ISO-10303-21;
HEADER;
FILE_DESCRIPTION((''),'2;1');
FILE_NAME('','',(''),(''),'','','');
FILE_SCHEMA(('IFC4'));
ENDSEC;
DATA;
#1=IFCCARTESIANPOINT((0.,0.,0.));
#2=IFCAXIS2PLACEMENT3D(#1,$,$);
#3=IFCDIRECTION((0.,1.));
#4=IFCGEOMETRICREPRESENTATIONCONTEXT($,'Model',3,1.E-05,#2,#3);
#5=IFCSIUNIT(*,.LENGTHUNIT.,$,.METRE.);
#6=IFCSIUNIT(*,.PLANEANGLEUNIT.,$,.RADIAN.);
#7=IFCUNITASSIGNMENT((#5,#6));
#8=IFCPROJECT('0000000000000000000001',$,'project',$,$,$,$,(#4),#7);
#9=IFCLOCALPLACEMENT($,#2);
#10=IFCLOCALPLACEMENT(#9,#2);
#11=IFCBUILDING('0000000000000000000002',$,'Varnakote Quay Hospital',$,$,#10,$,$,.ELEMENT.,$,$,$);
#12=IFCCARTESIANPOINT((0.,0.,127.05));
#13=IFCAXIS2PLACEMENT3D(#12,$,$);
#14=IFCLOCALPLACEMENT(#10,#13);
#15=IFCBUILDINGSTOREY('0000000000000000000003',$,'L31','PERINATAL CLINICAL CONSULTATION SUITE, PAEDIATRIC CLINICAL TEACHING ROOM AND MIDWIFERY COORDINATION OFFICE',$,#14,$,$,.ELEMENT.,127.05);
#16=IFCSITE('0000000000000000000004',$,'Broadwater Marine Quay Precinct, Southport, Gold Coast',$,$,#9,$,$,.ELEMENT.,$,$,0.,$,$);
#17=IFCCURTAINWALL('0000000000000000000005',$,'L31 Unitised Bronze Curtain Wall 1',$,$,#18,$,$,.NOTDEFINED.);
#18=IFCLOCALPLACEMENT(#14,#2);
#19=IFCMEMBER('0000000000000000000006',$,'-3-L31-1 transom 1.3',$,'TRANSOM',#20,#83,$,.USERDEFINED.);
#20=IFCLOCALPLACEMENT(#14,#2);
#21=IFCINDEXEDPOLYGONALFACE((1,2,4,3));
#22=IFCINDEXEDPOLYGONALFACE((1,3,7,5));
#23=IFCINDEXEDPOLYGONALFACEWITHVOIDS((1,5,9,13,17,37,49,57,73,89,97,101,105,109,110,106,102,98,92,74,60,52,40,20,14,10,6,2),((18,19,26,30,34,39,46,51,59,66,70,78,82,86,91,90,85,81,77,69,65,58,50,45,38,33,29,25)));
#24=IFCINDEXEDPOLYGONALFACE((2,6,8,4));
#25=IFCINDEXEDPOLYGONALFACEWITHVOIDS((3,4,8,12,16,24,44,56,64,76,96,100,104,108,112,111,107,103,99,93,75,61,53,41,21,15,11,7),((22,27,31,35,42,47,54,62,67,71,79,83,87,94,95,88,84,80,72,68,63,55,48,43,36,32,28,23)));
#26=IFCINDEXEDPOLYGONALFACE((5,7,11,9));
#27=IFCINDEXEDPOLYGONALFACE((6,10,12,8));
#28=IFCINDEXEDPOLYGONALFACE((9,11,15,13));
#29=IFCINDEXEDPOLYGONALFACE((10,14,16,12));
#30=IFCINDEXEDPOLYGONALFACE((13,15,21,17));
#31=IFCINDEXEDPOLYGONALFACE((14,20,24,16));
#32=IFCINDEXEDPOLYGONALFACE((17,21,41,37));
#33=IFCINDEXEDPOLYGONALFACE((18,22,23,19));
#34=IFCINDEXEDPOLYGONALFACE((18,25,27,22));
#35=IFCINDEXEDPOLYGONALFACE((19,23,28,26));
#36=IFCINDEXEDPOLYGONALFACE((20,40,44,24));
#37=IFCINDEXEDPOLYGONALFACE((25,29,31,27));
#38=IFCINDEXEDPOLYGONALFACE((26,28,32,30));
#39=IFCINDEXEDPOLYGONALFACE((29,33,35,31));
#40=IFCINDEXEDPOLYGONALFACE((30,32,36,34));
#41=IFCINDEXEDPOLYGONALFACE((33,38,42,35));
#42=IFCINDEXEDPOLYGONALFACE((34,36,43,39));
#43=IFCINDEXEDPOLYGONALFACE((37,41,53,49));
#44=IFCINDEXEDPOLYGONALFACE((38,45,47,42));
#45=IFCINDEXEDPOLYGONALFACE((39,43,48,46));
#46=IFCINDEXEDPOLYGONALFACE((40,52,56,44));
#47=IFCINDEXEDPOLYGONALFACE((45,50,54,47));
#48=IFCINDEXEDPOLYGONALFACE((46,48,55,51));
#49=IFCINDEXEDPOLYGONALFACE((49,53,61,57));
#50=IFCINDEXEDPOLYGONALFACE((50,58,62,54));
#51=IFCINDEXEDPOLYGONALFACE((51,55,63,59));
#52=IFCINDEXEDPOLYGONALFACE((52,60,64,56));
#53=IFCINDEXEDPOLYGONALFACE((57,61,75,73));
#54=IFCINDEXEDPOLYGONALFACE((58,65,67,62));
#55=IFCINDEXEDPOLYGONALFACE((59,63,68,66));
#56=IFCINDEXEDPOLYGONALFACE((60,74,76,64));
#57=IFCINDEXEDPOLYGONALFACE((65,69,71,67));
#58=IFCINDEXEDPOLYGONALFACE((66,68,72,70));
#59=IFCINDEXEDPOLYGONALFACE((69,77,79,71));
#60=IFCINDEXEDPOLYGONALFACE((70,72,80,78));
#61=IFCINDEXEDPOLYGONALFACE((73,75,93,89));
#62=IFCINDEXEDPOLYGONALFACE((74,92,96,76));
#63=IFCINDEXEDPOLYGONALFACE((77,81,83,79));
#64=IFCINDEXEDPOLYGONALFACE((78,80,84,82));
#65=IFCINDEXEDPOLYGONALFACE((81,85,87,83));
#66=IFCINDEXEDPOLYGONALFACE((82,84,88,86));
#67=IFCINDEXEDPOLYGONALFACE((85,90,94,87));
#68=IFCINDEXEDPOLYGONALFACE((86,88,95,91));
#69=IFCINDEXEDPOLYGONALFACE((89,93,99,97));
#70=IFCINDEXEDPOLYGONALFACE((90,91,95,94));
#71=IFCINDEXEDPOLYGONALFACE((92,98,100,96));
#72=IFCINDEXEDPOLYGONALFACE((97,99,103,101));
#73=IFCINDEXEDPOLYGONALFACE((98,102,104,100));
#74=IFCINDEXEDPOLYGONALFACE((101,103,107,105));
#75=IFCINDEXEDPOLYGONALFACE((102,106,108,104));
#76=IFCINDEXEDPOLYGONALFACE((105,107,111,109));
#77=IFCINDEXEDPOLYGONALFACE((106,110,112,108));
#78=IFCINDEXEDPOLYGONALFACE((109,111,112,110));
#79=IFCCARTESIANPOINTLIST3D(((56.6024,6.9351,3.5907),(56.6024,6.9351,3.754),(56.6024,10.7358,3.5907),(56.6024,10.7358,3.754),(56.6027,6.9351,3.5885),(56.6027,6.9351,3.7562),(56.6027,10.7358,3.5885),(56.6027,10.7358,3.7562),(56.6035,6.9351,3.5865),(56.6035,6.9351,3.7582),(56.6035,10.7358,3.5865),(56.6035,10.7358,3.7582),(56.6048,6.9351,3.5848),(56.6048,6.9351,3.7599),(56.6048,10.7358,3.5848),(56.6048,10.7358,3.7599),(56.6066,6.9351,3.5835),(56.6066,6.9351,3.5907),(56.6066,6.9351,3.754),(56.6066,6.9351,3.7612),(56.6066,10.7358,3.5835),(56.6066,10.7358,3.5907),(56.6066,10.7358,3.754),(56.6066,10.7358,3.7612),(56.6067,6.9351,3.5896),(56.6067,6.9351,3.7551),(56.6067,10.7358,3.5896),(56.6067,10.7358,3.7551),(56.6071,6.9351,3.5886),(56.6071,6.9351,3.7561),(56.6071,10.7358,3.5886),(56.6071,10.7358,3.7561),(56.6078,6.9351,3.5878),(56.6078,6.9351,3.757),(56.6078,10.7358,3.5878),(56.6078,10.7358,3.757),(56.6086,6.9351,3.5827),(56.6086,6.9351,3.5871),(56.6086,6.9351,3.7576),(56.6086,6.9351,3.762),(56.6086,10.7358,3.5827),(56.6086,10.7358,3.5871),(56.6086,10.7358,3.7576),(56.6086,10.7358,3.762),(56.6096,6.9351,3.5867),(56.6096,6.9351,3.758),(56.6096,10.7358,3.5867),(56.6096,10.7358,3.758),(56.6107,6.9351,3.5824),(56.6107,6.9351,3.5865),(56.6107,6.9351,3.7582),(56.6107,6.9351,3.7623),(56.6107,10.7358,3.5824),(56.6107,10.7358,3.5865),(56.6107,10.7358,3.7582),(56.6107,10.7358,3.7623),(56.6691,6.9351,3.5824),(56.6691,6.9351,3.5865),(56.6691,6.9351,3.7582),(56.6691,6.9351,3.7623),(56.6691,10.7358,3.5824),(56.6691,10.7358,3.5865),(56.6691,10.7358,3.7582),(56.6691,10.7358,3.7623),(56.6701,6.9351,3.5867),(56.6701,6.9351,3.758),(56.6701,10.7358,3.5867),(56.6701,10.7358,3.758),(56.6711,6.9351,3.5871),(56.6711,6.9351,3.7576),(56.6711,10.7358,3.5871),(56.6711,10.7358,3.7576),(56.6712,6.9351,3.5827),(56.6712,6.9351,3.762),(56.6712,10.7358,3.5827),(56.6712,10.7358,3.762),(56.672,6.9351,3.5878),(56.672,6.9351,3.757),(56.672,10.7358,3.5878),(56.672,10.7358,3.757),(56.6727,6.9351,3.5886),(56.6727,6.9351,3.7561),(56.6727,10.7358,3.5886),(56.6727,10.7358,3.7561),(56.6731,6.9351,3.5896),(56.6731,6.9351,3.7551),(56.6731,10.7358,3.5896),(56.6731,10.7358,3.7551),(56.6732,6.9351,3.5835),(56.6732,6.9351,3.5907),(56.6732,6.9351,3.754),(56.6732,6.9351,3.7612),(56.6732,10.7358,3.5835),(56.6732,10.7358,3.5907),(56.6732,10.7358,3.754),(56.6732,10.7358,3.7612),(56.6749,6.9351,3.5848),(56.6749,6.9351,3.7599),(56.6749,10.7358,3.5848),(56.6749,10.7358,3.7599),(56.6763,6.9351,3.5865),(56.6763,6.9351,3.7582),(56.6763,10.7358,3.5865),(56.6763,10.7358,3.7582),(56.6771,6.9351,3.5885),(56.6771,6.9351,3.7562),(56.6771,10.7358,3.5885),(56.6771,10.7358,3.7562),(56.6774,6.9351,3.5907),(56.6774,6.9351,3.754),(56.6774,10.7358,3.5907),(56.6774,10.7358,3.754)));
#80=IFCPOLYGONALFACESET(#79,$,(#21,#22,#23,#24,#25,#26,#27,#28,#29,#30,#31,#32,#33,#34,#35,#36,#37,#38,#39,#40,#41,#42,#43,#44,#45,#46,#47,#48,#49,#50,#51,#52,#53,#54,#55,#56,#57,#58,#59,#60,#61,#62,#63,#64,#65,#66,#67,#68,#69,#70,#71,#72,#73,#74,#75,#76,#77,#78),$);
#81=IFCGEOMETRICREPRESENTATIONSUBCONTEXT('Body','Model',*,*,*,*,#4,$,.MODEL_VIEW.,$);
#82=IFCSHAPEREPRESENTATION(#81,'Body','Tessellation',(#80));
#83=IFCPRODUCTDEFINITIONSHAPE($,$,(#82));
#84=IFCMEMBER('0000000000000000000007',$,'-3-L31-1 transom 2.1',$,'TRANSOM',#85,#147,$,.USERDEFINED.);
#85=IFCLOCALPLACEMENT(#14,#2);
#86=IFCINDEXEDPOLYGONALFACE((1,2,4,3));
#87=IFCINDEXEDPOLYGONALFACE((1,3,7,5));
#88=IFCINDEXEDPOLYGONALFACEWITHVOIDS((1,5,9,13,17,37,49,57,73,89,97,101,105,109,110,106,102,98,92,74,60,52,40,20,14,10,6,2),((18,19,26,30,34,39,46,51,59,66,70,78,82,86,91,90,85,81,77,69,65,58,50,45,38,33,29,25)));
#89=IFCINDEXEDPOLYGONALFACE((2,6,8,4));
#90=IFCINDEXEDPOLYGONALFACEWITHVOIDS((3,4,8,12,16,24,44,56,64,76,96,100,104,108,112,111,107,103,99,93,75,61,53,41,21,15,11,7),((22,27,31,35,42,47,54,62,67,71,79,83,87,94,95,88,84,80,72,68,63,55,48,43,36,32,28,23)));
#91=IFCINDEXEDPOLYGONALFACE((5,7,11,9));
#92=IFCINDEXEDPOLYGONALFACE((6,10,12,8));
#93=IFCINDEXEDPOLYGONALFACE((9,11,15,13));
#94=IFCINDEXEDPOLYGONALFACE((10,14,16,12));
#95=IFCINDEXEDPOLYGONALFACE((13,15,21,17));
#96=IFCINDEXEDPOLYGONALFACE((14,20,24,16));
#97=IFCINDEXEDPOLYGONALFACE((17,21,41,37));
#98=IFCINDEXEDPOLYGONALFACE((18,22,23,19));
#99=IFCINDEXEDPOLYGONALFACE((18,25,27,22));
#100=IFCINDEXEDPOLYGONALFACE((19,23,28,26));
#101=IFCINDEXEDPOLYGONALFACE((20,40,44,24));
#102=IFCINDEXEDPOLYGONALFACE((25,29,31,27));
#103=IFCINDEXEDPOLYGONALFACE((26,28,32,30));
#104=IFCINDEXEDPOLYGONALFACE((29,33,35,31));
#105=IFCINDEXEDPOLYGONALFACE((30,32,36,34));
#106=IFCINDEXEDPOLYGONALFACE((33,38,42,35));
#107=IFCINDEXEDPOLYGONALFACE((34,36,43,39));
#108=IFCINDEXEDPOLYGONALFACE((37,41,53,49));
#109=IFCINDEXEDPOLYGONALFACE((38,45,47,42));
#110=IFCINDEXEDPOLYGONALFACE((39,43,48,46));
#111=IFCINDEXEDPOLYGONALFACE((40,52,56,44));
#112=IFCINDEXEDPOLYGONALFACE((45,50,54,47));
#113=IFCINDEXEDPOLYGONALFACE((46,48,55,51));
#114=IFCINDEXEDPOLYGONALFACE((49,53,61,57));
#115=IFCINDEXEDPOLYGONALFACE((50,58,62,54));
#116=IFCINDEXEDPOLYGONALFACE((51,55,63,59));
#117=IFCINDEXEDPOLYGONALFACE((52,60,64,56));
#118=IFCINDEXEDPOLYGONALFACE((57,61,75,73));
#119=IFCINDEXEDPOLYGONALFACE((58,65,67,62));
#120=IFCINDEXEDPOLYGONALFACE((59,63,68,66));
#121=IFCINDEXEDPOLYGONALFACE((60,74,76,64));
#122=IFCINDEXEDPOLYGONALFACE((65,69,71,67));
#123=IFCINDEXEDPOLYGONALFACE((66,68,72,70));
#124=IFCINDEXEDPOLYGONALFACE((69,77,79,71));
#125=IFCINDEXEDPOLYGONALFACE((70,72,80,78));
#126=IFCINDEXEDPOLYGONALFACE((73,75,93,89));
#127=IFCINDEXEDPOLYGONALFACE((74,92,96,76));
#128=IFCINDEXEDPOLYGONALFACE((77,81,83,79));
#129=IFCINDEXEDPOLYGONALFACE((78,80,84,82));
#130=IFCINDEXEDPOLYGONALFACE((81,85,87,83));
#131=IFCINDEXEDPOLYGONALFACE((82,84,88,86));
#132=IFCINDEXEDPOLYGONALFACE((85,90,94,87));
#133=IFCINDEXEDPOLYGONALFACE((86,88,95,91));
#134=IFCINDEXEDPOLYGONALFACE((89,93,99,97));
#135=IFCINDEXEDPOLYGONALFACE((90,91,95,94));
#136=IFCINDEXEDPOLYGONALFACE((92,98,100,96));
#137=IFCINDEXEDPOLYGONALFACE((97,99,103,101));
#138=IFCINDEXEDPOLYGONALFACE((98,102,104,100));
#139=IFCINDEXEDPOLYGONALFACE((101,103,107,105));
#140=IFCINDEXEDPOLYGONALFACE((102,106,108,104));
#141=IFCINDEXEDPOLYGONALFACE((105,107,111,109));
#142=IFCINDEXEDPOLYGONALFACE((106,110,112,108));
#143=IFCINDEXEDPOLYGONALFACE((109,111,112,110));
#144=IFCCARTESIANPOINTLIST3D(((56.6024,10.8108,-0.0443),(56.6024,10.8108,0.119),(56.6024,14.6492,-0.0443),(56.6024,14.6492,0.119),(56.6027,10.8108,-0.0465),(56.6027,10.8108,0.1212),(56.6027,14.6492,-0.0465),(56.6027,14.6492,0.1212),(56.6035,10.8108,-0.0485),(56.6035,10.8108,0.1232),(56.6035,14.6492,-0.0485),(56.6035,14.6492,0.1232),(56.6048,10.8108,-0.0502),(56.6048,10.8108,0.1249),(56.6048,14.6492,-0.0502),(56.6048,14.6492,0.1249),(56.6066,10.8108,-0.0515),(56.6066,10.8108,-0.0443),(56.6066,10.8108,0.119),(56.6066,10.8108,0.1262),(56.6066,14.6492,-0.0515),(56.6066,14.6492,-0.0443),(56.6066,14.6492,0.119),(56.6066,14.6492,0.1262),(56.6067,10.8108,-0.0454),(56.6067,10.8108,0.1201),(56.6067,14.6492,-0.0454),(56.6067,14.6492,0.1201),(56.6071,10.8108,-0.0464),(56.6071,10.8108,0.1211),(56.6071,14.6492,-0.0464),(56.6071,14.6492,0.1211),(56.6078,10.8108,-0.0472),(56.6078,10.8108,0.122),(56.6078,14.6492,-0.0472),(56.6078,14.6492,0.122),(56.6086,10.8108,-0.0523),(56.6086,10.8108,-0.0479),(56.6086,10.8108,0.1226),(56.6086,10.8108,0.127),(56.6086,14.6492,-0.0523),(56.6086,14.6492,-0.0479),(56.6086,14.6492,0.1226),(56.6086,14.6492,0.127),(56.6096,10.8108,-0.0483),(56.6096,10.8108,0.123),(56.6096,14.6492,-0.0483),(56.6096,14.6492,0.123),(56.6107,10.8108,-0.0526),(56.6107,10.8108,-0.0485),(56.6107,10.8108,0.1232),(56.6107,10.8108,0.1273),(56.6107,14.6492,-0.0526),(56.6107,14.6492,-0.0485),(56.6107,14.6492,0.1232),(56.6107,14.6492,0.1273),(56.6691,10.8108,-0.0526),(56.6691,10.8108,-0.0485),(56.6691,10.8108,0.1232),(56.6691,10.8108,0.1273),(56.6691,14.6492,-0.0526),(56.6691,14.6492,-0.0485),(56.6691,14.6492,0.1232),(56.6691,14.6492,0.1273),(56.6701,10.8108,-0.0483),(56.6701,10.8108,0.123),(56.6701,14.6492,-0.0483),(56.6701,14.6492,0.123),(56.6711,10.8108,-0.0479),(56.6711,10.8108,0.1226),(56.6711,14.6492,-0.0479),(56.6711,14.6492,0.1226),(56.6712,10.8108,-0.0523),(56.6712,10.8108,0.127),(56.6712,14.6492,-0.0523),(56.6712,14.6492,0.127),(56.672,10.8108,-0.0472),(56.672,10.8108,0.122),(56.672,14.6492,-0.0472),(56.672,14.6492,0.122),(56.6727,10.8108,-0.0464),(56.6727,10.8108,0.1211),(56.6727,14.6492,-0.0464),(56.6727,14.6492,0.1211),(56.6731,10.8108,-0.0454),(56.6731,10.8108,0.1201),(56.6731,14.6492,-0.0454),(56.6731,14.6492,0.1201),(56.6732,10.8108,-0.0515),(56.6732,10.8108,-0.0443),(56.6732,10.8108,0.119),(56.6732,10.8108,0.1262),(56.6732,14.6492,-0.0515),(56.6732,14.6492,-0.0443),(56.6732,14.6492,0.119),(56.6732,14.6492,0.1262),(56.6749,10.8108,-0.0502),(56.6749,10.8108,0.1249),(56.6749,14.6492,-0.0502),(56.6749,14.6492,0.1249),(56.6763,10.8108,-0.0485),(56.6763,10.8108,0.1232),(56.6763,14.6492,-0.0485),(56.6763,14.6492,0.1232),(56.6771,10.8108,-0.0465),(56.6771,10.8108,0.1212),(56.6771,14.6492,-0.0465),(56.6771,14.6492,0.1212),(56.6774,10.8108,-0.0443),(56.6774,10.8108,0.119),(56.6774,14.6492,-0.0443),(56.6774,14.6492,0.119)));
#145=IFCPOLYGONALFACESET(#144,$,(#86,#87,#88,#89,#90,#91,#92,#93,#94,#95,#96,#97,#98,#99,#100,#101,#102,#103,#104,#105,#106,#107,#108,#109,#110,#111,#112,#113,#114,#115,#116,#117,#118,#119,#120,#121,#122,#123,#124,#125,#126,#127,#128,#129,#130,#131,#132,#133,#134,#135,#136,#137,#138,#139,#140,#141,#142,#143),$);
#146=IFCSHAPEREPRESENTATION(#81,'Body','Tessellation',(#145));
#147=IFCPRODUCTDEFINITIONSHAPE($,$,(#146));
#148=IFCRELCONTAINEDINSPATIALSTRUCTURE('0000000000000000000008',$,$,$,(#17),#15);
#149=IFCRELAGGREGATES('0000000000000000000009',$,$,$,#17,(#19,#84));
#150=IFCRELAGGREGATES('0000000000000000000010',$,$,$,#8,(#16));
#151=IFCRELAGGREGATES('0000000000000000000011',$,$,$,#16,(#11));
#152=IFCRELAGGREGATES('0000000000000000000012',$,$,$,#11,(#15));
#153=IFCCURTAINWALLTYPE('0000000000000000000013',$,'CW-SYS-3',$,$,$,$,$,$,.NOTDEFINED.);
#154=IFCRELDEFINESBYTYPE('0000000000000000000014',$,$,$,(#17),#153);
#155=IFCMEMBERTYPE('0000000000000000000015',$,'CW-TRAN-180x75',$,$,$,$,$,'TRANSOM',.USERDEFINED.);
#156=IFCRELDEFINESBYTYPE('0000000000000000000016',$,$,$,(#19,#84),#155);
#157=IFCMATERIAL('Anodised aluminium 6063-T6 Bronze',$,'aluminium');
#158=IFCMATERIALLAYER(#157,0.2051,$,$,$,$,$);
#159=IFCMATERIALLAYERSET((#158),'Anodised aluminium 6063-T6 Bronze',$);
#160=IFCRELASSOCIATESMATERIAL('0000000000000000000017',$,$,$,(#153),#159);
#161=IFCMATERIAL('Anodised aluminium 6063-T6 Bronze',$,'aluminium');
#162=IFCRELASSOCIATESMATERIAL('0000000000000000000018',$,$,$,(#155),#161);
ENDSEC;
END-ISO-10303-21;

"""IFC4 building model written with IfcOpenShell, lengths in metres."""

from ifc_helpers import new_model, si_unit, direction, frame, origin, origin_2d, place, context, subcontext, project, spatial, hollow_rectangle, extrude, material, layer, layer_set, material_profile, profile_set, type_object, element, aggregate, save


model = new_model("IFC4")

# Units and contexts
model_context = context("Model", 3, precision=1e-05, world=origin(), true_north=direction((0.0, 1.0)))
body_context = subcontext(model_context, "Body", "Model", "MODEL_VIEW")
ifc_project = project(units=[si_unit("LENGTHUNIT", "METRE"), si_unit("PLANEANGLEUNIT", "RADIAN")], contexts=[model_context])

# Site, building, storey
site_placement = place(None, origin())
site = spatial("IfcSite", under=ifc_project, at=site_placement, Name="Broadwater Marine Quay Precinct, Southport, Gold Coast", CompositionType="ELEMENT", RefElevation=0.0)
building_placement = place(site_placement, origin())
building = spatial("IfcBuilding", under=site, at=building_placement, Name="Varnakote Quay Hospital", CompositionType="ELEMENT")
storey_placement = place(building_placement, frame((0.0, 0.0, 127.05)))
storey = spatial("IfcBuildingStorey", under=building, at=storey_placement, Name="L31", Description="PERINATAL CLINICAL CONSULTATION SUITE, PAEDIATRIC CLINICAL TEACHING ROOM AND MIDWIFERY COORDINATION OFFICE", CompositionType="ELEMENT", Elevation=127.05)

# Curtain wall, members
ifc_material_1 = material(Name="Anodised aluminium 6063-T6 Bronze", Category="aluminium")
ifc_layer_1 = layer(ifc_material_1, 0.2051)
ifc_layer_set_1 = layer_set([ifc_layer_1], Name="Anodised aluminium 6063-T6 Bronze")
curtain_wall_type = type_object("IfcCurtainWallType", Name="CW-SYS-3", PredefinedType="NOTDEFINED", material=ifc_layer_set_1)
curtain_wall_placement = place(storey_placement, origin())
curtain_wall = element("IfcCurtainWall", 1, at=curtain_wall_placement, inside=storey, type_object=curtain_wall_type, Name="L31 Unitised Bronze Curtain Wall 1", PredefinedType="NOTDEFINED")
ifc_material_2 = material(Name="Anodised aluminium 6063-T6 Bronze", Category="aluminium")
ifc_material_profile_1 = material_profile(ifc_material_2, hollow_rectangle(XDim=0.075, YDim=0.1799, WallThickness=0.0042, InnerFilletRadius=0.0042, OuterFilletRadius=0.0083, at=origin_2d()), Name="CW-TRAN-180x75")
ifc_profile_set_1 = profile_set([ifc_material_profile_1], Name="Anodised aluminium 6063-T6 Bronze")
member_type_1 = type_object("IfcMemberType", Name="CW-TRAN-180x75", ElementType="TRANSOM", PredefinedType="USERDEFINED", material=ifc_profile_set_1)
member_1_placement = place(storey_placement, frame((56.6399, 6.9351, 3.6724), z_axis=(0.0, 1.0, 0.0), x_axis=(-1.0, 0.0, 0.0)))
member_1 = element("IfcMember", 2, at=member_1_placement, type_object=member_type_1, Name="-3-L31-1 transom 1.3", ObjectType="TRANSOM", PredefinedType="USERDEFINED", context=body_context, shape_type="SweptSolid", body=[
    extrude(hollow_rectangle(XDim=0.075, YDim=0.1799, WallThickness=0.0042, InnerFilletRadius=0.0042, OuterFilletRadius=0.0083, at=origin_2d()), origin(), (0.0, 0.0, 1.0), 3.8008),
])
member_2_placement = place(storey_placement, frame((56.6399, 10.8108, 0.0374), z_axis=(0.0, 1.0, 0.0), x_axis=(-1.0, 0.0, 0.0)))
member_2 = element("IfcMember", 3, at=member_2_placement, type_object=member_type_1, Name="-3-L31-1 transom 2.1", ObjectType="TRANSOM", PredefinedType="USERDEFINED", context=body_context, shape_type="SweptSolid", body=[
    extrude(hollow_rectangle(XDim=0.075, YDim=0.1799, WallThickness=0.0042, InnerFilletRadius=0.0042, OuterFilletRadius=0.0083, at=origin_2d()), origin(), (0.0, 0.0, 1.0), 3.8384),
])
aggregate(curtain_wall, [member_1, member_2])

save(model, "model.ifc")
